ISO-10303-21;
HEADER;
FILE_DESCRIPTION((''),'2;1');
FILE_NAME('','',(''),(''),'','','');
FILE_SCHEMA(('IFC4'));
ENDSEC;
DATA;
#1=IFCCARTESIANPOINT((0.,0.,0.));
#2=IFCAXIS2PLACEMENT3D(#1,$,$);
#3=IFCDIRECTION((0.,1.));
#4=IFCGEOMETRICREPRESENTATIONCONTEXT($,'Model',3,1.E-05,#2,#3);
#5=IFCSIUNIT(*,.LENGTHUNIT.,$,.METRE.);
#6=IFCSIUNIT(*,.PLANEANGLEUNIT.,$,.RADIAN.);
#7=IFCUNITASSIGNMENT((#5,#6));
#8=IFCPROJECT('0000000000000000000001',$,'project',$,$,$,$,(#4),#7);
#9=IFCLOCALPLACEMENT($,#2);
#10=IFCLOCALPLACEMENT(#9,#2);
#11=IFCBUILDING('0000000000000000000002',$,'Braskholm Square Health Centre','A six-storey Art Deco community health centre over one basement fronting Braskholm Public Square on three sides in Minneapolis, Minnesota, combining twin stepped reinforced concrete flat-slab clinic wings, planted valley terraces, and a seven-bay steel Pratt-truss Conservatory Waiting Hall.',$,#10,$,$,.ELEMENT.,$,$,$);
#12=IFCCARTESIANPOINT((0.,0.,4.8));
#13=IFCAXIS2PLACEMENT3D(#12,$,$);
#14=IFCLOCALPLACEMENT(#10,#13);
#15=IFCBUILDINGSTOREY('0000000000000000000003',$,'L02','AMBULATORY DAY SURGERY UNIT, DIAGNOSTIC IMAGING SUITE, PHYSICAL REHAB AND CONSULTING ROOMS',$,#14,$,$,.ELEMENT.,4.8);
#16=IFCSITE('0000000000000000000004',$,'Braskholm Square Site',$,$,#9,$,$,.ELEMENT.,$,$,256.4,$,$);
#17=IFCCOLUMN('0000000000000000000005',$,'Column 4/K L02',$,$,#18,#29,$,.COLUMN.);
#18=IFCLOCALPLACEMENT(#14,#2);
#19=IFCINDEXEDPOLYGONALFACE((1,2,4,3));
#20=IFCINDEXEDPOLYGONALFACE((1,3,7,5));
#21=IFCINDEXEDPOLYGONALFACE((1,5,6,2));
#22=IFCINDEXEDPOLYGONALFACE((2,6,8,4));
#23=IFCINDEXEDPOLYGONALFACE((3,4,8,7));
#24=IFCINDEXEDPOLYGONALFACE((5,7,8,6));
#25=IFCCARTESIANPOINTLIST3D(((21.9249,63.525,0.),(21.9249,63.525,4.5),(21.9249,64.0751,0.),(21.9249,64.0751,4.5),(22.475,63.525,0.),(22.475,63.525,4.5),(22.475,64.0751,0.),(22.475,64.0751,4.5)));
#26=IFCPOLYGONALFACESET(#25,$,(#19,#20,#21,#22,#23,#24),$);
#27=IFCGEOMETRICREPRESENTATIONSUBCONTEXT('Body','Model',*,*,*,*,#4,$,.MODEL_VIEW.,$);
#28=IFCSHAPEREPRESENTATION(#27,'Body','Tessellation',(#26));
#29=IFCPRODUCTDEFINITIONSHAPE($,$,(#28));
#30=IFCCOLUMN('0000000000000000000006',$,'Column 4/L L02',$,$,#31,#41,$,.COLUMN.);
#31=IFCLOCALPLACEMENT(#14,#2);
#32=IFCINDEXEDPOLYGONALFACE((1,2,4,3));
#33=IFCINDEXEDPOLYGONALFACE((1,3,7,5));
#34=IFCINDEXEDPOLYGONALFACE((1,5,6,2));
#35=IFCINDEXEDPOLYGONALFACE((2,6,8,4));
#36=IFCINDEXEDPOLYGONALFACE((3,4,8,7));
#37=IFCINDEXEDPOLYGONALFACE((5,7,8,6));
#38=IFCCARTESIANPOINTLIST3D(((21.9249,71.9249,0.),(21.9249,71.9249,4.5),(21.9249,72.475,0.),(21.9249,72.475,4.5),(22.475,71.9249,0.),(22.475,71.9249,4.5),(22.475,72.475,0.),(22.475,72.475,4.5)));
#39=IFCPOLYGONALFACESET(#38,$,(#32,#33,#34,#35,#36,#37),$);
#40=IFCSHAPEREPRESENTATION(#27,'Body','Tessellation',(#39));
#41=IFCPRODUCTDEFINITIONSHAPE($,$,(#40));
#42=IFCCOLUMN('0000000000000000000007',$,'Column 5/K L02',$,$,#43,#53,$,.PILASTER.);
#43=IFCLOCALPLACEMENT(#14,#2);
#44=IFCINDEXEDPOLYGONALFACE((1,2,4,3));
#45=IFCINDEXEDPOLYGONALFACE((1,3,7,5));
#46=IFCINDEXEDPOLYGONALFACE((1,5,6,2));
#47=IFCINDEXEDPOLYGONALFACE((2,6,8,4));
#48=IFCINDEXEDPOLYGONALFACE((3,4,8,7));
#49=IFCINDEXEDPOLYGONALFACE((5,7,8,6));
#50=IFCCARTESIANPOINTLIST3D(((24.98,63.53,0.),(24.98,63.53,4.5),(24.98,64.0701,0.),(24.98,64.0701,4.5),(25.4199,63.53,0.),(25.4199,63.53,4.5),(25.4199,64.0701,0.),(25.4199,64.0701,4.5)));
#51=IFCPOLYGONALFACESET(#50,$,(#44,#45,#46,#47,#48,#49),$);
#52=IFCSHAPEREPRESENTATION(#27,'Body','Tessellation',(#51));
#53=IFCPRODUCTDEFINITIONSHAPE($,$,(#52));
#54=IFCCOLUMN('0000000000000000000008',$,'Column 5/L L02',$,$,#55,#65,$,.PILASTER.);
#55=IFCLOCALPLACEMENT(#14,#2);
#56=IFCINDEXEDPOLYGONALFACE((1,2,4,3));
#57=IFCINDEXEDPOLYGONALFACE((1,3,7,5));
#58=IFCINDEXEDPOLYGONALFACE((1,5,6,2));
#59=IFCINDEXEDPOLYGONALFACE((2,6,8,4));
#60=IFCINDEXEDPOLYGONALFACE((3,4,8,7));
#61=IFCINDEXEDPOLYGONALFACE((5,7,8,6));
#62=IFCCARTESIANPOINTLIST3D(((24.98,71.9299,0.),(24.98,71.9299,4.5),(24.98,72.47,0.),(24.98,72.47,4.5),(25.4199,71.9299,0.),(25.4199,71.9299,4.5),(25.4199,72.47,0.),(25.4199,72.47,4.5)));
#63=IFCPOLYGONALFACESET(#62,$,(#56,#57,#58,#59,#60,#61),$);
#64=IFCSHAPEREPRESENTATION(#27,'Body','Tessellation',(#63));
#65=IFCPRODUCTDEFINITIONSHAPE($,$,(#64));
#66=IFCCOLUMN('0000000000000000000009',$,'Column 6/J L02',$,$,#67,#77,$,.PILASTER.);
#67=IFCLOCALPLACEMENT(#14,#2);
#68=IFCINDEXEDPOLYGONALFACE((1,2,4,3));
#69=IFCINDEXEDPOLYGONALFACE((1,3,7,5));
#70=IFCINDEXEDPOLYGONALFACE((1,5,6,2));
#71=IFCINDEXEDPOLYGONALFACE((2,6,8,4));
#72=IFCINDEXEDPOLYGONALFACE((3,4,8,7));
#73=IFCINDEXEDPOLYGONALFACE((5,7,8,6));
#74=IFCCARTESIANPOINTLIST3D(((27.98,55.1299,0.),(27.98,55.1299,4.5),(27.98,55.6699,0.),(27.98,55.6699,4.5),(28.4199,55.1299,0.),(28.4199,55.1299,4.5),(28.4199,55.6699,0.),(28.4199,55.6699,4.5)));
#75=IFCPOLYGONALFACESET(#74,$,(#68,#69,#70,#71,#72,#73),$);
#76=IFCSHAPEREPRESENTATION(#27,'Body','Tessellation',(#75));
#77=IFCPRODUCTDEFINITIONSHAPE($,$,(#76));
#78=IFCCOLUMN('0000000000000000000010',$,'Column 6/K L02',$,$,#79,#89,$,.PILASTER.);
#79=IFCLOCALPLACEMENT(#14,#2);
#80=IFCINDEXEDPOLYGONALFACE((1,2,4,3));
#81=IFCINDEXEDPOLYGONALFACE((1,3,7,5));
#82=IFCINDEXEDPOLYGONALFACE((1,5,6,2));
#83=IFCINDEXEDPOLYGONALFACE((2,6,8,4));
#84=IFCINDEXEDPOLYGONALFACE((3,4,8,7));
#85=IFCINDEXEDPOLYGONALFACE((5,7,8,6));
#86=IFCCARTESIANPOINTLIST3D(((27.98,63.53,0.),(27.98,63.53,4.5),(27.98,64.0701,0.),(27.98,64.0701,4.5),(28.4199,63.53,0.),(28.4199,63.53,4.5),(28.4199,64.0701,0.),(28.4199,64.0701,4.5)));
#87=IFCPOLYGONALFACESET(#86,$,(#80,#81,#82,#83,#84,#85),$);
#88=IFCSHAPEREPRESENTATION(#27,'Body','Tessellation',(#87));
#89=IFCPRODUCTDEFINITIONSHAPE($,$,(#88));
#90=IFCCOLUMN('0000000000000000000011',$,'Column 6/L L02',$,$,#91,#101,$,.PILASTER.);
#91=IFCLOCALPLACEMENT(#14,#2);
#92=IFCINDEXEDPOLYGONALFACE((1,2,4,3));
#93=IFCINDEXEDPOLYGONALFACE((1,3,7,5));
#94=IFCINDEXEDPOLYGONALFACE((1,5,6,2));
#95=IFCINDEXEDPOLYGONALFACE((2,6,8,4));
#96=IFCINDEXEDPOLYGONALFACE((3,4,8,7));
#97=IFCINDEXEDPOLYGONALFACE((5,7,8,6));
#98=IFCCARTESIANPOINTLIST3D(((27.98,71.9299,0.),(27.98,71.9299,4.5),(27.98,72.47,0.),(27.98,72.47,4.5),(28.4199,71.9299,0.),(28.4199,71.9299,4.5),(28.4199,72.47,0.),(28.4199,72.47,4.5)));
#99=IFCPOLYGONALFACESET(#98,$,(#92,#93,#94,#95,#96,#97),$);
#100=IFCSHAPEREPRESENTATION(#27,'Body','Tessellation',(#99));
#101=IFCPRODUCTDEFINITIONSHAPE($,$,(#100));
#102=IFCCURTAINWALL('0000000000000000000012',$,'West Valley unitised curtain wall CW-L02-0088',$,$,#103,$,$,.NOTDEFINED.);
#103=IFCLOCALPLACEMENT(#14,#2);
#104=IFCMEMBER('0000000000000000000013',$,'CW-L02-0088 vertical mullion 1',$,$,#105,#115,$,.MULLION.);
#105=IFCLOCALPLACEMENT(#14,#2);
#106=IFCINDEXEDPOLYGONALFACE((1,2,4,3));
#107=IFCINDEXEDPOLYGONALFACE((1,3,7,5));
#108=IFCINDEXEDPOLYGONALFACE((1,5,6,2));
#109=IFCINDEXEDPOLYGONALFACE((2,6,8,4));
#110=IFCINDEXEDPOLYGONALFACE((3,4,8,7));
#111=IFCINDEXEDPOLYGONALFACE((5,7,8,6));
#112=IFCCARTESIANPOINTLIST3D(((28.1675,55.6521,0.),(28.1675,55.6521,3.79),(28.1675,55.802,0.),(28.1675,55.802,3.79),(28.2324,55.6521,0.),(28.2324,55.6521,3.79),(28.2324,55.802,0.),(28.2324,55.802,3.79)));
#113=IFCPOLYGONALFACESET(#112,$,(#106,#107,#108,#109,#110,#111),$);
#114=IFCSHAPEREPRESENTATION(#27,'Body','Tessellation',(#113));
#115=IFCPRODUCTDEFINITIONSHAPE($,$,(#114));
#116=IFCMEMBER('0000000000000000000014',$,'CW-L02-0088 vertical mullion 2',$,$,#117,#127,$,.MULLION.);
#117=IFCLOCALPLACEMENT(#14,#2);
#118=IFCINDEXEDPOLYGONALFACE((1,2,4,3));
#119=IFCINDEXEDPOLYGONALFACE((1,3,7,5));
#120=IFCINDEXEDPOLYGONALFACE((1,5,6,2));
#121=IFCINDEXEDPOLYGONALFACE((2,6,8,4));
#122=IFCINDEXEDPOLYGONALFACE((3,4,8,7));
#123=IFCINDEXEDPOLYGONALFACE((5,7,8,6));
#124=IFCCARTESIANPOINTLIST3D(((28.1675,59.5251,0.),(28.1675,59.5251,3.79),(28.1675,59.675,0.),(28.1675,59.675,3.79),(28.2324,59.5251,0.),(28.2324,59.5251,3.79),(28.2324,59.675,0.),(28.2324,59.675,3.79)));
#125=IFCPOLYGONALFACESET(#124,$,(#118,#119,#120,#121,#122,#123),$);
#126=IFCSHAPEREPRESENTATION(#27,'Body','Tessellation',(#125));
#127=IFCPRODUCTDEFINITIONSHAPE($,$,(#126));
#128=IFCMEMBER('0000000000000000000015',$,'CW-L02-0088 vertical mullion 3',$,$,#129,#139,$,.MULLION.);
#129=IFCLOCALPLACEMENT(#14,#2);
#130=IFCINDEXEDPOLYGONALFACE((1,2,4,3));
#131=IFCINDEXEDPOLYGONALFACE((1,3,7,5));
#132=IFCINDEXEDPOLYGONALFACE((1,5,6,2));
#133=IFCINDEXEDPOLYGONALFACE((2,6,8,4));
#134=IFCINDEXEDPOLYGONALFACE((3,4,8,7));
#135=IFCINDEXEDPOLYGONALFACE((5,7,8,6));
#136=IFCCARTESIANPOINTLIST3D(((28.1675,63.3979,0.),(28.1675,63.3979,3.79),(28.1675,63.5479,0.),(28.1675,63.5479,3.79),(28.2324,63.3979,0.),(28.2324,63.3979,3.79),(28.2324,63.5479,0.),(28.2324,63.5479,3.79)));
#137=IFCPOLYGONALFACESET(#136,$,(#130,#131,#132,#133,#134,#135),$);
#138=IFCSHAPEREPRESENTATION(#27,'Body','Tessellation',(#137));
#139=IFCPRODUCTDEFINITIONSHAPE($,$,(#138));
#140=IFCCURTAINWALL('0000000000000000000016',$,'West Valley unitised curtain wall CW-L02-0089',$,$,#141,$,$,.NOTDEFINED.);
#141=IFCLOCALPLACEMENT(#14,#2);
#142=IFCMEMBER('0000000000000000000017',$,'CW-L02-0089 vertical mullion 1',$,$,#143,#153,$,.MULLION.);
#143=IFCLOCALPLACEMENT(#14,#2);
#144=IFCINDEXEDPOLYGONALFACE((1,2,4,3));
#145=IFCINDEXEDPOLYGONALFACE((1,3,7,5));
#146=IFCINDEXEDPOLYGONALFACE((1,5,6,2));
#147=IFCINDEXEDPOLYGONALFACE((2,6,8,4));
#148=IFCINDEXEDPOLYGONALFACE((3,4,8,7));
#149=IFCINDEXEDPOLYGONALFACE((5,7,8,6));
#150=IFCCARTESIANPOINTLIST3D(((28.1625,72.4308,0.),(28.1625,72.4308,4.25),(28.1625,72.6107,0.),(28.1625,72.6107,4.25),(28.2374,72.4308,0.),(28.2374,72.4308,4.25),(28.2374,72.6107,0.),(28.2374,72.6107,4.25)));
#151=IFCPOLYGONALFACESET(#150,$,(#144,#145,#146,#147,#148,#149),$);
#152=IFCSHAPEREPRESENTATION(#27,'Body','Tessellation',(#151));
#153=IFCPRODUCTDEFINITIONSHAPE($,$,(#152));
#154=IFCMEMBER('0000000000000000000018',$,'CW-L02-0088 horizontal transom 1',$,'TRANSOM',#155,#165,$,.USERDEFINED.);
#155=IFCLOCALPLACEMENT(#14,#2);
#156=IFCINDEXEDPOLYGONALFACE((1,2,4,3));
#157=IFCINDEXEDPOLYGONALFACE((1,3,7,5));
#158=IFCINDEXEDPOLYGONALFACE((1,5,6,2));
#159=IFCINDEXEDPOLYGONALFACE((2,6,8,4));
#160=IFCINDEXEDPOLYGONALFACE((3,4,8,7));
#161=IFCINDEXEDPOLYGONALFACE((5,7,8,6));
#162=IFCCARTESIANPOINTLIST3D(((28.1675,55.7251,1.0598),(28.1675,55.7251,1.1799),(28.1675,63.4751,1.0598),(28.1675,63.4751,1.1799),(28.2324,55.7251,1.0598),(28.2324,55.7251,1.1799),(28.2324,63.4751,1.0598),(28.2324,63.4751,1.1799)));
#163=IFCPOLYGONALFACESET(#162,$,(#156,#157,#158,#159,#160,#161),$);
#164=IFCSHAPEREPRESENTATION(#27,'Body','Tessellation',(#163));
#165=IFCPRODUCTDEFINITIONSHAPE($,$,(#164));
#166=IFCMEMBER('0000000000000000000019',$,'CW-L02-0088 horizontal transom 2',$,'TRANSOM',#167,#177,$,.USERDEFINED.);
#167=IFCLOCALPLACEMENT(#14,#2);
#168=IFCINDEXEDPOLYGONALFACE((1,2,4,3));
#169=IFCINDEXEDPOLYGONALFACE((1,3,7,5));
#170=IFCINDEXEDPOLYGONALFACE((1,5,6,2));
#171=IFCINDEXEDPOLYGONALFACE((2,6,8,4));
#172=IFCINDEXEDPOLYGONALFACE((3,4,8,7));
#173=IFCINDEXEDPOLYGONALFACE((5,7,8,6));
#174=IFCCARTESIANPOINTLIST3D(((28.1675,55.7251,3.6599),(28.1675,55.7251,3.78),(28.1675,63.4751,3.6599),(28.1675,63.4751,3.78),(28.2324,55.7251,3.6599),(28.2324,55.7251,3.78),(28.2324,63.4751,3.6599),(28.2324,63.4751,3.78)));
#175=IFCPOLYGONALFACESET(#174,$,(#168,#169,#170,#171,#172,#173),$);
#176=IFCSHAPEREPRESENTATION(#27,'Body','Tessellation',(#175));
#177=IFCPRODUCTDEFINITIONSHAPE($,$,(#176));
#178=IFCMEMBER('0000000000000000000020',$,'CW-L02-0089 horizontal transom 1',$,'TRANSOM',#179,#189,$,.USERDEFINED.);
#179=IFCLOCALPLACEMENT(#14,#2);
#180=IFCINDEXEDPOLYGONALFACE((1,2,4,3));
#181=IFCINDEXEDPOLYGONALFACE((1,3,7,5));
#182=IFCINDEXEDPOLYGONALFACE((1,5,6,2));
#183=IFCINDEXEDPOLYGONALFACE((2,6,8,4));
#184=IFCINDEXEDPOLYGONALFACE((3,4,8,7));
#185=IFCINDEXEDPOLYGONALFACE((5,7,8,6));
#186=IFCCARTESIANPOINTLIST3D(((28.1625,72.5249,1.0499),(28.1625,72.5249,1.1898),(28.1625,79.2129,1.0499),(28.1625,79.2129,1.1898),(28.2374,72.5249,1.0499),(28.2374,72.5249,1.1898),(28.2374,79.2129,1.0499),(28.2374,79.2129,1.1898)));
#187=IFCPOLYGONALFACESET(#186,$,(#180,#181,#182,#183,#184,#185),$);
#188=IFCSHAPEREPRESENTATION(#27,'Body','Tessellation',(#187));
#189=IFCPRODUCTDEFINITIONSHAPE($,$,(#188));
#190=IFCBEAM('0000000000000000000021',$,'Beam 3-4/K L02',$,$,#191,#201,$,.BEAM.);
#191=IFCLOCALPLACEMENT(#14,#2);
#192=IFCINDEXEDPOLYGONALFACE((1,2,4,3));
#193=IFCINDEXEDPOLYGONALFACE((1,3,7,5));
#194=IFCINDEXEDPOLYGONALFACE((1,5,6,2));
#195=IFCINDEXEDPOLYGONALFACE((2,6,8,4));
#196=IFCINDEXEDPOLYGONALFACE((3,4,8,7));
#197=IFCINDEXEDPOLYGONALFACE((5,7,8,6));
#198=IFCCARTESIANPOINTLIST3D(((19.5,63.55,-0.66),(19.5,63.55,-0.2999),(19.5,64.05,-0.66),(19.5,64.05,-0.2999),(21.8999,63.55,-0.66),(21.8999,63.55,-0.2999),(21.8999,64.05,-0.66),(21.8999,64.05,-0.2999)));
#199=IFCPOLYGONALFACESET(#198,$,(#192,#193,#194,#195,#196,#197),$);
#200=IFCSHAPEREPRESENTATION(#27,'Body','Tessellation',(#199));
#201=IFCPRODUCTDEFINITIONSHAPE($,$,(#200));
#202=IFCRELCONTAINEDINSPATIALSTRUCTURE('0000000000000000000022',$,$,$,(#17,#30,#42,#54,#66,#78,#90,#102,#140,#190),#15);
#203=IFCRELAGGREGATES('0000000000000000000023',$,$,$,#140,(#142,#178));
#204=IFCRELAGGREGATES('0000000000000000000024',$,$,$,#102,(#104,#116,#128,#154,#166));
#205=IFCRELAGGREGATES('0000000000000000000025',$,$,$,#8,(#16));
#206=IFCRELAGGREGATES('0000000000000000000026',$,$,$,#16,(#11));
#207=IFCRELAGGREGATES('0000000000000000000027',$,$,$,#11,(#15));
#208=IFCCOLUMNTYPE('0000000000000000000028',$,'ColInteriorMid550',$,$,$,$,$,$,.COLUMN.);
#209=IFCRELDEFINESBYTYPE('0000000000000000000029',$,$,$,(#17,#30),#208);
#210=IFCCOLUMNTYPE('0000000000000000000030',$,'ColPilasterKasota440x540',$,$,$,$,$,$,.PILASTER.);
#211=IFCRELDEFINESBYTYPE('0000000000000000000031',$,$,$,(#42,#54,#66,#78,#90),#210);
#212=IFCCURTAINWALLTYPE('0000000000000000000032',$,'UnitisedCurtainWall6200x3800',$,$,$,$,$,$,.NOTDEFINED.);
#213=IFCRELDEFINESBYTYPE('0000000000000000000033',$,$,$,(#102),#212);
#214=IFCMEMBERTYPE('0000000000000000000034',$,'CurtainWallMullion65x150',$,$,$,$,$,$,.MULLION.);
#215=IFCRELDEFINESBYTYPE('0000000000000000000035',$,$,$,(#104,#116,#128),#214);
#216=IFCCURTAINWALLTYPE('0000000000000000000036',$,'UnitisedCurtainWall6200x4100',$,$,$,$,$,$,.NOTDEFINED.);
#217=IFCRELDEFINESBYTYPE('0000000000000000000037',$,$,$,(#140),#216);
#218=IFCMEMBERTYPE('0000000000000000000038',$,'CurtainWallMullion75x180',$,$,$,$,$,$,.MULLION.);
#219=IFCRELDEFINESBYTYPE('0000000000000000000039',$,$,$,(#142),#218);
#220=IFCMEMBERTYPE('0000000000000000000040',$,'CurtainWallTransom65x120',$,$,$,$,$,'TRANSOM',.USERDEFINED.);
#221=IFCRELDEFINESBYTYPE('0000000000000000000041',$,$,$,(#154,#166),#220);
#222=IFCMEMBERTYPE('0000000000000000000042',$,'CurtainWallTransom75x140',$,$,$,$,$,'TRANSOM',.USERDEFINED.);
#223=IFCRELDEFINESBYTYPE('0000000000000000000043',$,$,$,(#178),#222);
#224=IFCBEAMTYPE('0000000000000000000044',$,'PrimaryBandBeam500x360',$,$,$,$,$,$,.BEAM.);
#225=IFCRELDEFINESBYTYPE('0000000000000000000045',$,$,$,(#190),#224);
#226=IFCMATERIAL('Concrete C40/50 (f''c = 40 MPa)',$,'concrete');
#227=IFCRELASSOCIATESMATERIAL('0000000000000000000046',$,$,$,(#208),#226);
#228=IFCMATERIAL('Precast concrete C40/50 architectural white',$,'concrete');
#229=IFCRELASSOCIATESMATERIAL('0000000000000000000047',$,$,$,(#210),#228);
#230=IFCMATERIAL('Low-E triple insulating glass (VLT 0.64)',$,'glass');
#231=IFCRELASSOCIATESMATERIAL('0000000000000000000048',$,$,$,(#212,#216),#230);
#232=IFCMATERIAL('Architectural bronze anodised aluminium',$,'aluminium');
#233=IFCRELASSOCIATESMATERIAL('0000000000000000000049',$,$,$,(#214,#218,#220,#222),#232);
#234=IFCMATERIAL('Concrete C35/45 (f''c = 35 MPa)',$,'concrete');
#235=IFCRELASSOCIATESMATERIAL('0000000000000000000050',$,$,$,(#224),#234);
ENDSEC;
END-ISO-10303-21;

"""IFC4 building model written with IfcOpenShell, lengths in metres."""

from ifc_helpers import new_model, si_unit, direction, frame, origin, origin_2d, place, context, subcontext, project, spatial, rectangle, extrude, material, material_profile, profile_set, type_object, element, aggregate, save


model = new_model("IFC4")

# Units and contexts
model_context = context("Model", 3, precision=1e-05, world=origin(), true_north=direction((0.0, 1.0)))
body_context = subcontext(model_context, "Body", "Model", "MODEL_VIEW")
ifc_project = project(units=[si_unit("LENGTHUNIT", "METRE"), si_unit("PLANEANGLEUNIT", "RADIAN")], contexts=[model_context])

# Site, building, storey
site_placement = place(None, origin())
site = spatial("IfcSite", under=ifc_project, at=site_placement, Name="Braskholm Square Site", CompositionType="ELEMENT", RefElevation=256.4)
building_placement = place(site_placement, origin())
building = spatial("IfcBuilding", under=site, at=building_placement, Name="Braskholm Square Health Centre", Description="A six-storey Art Deco community health centre over one basement fronting Braskholm Public Square on three sides in Minneapolis, Minnesota, combining twin stepped reinforced concrete flat-slab clinic wings, planted valley terraces, and a seven-bay steel Pratt-truss Conservatory Waiting Hall.", CompositionType="ELEMENT")
storey_placement = place(building_placement, frame((0.0, 0.0, 4.8)))
storey = spatial("IfcBuildingStorey", under=building, at=storey_placement, Name="L02", Description="AMBULATORY DAY SURGERY UNIT, DIAGNOSTIC IMAGING SUITE, PHYSICAL REHAB AND CONSULTING ROOMS", CompositionType="ELEMENT", Elevation=4.8)

# Columns
ifc_material_1 = material(Name="Concrete C40/50 (f'c = 40 MPa)", Category="concrete")
ifc_material_profile_1 = material_profile(ifc_material_1, rectangle(XDim=0.55, YDim=0.55, at=origin_2d()), Name="RC-550X550")
ifc_profile_set_1 = profile_set([ifc_material_profile_1], Name="Concrete C40/50 (f'c = 40 MPa)")
column_type_1 = type_object("IfcColumnType", Name="ColInteriorMid550", PredefinedType="COLUMN", material=ifc_profile_set_1)
for number, where, z_axis, x_axis, name in (
    (1, (22.2, 63.8, 0.0), (0.0, 0.0, 1.0), (1.0, 0.0, 0.0), "Column 4/K L02"),
    (2, (22.2, 72.2, 0.0), (0.0, 0.0, 1.0), (1.0, 0.0, 0.0), "Column 4/L L02"),
):
    element("IfcColumn", number, at=place(storey_placement, frame(where, z_axis=z_axis, x_axis=x_axis)), inside=storey, type_object=column_type_1, Name=name, PredefinedType="COLUMN", context=body_context, shape_type="SweptSolid", body=[
        extrude(rectangle(XDim=0.55, YDim=0.55, at=origin_2d()), origin(), (0.0, 0.0, 1.0), 4.5),
    ])
ifc_material_2 = material(Name="Precast concrete C40/50 architectural white", Category="concrete")
ifc_material_profile_2 = material_profile(ifc_material_2, rectangle(XDim=0.4399, YDim=0.54, at=origin_2d()), Name="RC-440X540")
ifc_profile_set_2 = profile_set([ifc_material_profile_2], Name="Precast concrete C40/50 architectural white")
column_type_2 = type_object("IfcColumnType", Name="ColPilasterKasota440x540", PredefinedType="PILASTER", material=ifc_profile_set_2)
for number, where, z_axis, x_axis, name in (
    (3, (25.2, 63.8, 0.0), (0.0, 0.0, 1.0), (1.0, 0.0, 0.0), "Column 5/K L02"),
    (4, (25.2, 72.2, 0.0), (0.0, 0.0, 1.0), (1.0, 0.0, 0.0), "Column 5/L L02"),
    (5, (28.2, 55.3999, 0.0), (0.0, 0.0, 1.0), (1.0, 0.0, 0.0), "Column 6/J L02"),
    (6, (28.2, 63.8, 0.0), (0.0, 0.0, 1.0), (1.0, 0.0, 0.0), "Column 6/K L02"),
    (7, (28.2, 72.2, 0.0), (0.0, 0.0, 1.0), (1.0, 0.0, 0.0), "Column 6/L L02"),
):
    element("IfcColumn", number, at=place(storey_placement, frame(where, z_axis=z_axis, x_axis=x_axis)), inside=storey, type_object=column_type_2, Name=name, PredefinedType="PILASTER", context=body_context, shape_type="SweptSolid", body=[
        extrude(rectangle(XDim=0.4399, YDim=0.54, at=origin_2d()), origin(), (0.0, 0.0, 1.0), 4.5),
    ])

# Curtain wall, members
ifc_material_3 = material(Name="Low-E triple insulating glass (VLT 0.64)", Category="glass")
curtain_wall_type_1 = type_object("IfcCurtainWallType", Name="UnitisedCurtainWall6200x3800", PredefinedType="NOTDEFINED", material=ifc_material_3)
curtain_wall_1_placement = place(storey_placement, origin())
curtain_wall_1 = element("IfcCurtainWall", 8, at=curtain_wall_1_placement, inside=storey, type_object=curtain_wall_type_1, Name="West Valley unitised curtain wall CW-L02-0088", PredefinedType="NOTDEFINED")
ifc_material_4 = material(Name="Architectural bronze anodised aluminium", Category="aluminium")
ifc_material_profile_3 = material_profile(ifc_material_4, rectangle(XDim=0.0649, YDim=0.1499, at=origin_2d()), Name="ALU-65X150")
ifc_profile_set_3 = profile_set([ifc_material_profile_3], Name="Architectural bronze anodised aluminium")
member_type_1 = type_object("IfcMemberType", Name="CurtainWallMullion65x150", PredefinedType="MULLION", material=ifc_profile_set_3)
member_1_placement = place(storey_placement, frame((28.2, 55.7271, 0.0), z_axis=(0.0, 0.0, 1.0), x_axis=(1.0, 0.0, 0.0)))
member_1 = element("IfcMember", 9, at=member_1_placement, type_object=member_type_1, Name="CW-L02-0088 vertical mullion 1", PredefinedType="MULLION", context=body_context, shape_type="SweptSolid", body=[
    extrude(rectangle(XDim=0.0649, YDim=0.1499, at=origin_2d()), origin(), (0.0, 0.0, 1.0), 3.79),
])
member_2_placement = place(storey_placement, frame((28.2, 59.6001, 0.0), z_axis=(0.0, 0.0, 1.0), x_axis=(1.0, 0.0, 0.0)))
member_2 = element("IfcMember", 10, at=member_2_placement, type_object=member_type_1, Name="CW-L02-0088 vertical mullion 2", PredefinedType="MULLION", context=body_context, shape_type="SweptSolid", body=[
    extrude(rectangle(XDim=0.0649, YDim=0.1499, at=origin_2d()), origin(), (0.0, 0.0, 1.0), 3.79),
])
member_3_placement = place(storey_placement, frame((28.2, 63.4729, 0.0), z_axis=(0.0, 0.0, 1.0), x_axis=(1.0, 0.0, 0.0)))
member_3 = element("IfcMember", 11, at=member_3_placement, type_object=member_type_1, Name="CW-L02-0088 vertical mullion 3", PredefinedType="MULLION", context=body_context, shape_type="SweptSolid", body=[
    extrude(rectangle(XDim=0.0649, YDim=0.1499, at=origin_2d()), origin(), (0.0, 0.0, 1.0), 3.79),
])

# Curtain wall, member
curtain_wall_type_2 = type_object("IfcCurtainWallType", Name="UnitisedCurtainWall6200x4100", PredefinedType="NOTDEFINED", material=ifc_material_3)
curtain_wall_2_placement = place(storey_placement, origin())
curtain_wall_2 = element("IfcCurtainWall", 12, at=curtain_wall_2_placement, inside=storey, type_object=curtain_wall_type_2, Name="West Valley unitised curtain wall CW-L02-0089", PredefinedType="NOTDEFINED")
ifc_material_profile_4 = material_profile(ifc_material_4, rectangle(XDim=0.075, YDim=0.1799, at=origin_2d()), Name="ALU-75X180")
ifc_profile_set_4 = profile_set([ifc_material_profile_4], Name="Architectural bronze anodised aluminium")
member_type_2 = type_object("IfcMemberType", Name="CurtainWallMullion75x180", PredefinedType="MULLION", material=ifc_profile_set_4)
member_4_placement = place(storey_placement, frame((28.2, 72.5208, 0.0), z_axis=(0.0, 0.0, 1.0), x_axis=(1.0, 0.0, 0.0)))
member_4 = element("IfcMember", 13, at=member_4_placement, type_object=member_type_2, Name="CW-L02-0089 vertical mullion 1", PredefinedType="MULLION", context=body_context, shape_type="SweptSolid", body=[
    extrude(rectangle(XDim=0.075, YDim=0.1799, at=origin_2d()), origin(), (0.0, 0.0, 1.0), 4.25),
])

# Members
ifc_material_profile_5 = material_profile(ifc_material_4, rectangle(XDim=0.0649, YDim=0.1201, at=origin_2d()), Name="ALU-65X120")
ifc_profile_set_5 = profile_set([ifc_material_profile_5], Name="Architectural bronze anodised aluminium")
member_type_3 = type_object("IfcMemberType", Name="CurtainWallTransom65x120", ElementType="TRANSOM", PredefinedType="USERDEFINED", material=ifc_profile_set_5)
member_5_placement = place(storey_placement, frame((28.2, 55.7251, 1.1199), z_axis=(0.0, 1.0, 0.0), x_axis=(-1.0, 0.0, 0.0)))
member_5 = element("IfcMember", 14, at=member_5_placement, type_object=member_type_3, Name="CW-L02-0088 horizontal transom 1", ObjectType="TRANSOM", PredefinedType="USERDEFINED", context=body_context, shape_type="SweptSolid", body=[
    extrude(rectangle(XDim=0.0649, YDim=0.1201, at=origin_2d()), origin(), (0.0, 0.0, 1.0), 7.75),
])
member_6_placement = place(storey_placement, frame((28.2, 55.7251, 3.72), z_axis=(0.0, 1.0, 0.0), x_axis=(-1.0, 0.0, 0.0)))
member_6 = element("IfcMember", 15, at=member_6_placement, type_object=member_type_3, Name="CW-L02-0088 horizontal transom 2", ObjectType="TRANSOM", PredefinedType="USERDEFINED", context=body_context, shape_type="SweptSolid", body=[
    extrude(rectangle(XDim=0.0649, YDim=0.1201, at=origin_2d()), origin(), (0.0, 0.0, 1.0), 7.75),
])
ifc_material_profile_6 = material_profile(ifc_material_4, rectangle(XDim=0.075, YDim=0.1399, at=origin_2d()), Name="ALU-75X140")
ifc_profile_set_6 = profile_set([ifc_material_profile_6], Name="Architectural bronze anodised aluminium")
member_type_4 = type_object("IfcMemberType", Name="CurtainWallTransom75x140", ElementType="TRANSOM", PredefinedType="USERDEFINED", material=ifc_profile_set_6)
member_7_placement = place(storey_placement, frame((28.2, 72.5249, 1.1199), z_axis=(0.0, 1.0, 0.0), x_axis=(-1.0, 0.0, 0.0)))
member_7 = element("IfcMember", 16, at=member_7_placement, type_object=member_type_4, Name="CW-L02-0089 horizontal transom 1", ObjectType="TRANSOM", PredefinedType="USERDEFINED", context=body_context, shape_type="SweptSolid", body=[
    extrude(rectangle(XDim=0.075, YDim=0.1399, at=origin_2d()), origin(), (0.0, 0.0, 1.0), 6.688),
])
aggregate(curtain_wall_2, [member_4, member_7])

# Beam
ifc_material_5 = material(Name="Concrete C35/45 (f'c = 35 MPa)", Category="concrete")
ifc_material_profile_7 = material_profile(ifc_material_5, rectangle(XDim=0.5, YDim=0.3601, at=origin_2d()), Name="RCB-500X360")
ifc_profile_set_7 = profile_set([ifc_material_profile_7], Name="Concrete C35/45 (f'c = 35 MPa)")
beam_type_1 = type_object("IfcBeamType", Name="PrimaryBandBeam500x360", PredefinedType="BEAM", material=ifc_profile_set_7)
beam_1_placement = place(storey_placement, frame((19.5, 63.8, -0.48), z_axis=(1.0, 0.0, 0.0), x_axis=(0.0, 1.0, 0.0)))
element("IfcBeam", 17, at=beam_1_placement, inside=storey, type_object=beam_type_1, Name="Beam 3-4/K L02", PredefinedType="BEAM", context=body_context, shape_type="SweptSolid", body=[
    extrude(rectangle(XDim=0.5, YDim=0.3601, at=origin_2d()), origin(), (0.0, 0.0, 1.0), 2.3999),
])

aggregate(curtain_wall_1, [member_1, member_2, member_3, member_5, member_6])

save(model, "model.ifc")
